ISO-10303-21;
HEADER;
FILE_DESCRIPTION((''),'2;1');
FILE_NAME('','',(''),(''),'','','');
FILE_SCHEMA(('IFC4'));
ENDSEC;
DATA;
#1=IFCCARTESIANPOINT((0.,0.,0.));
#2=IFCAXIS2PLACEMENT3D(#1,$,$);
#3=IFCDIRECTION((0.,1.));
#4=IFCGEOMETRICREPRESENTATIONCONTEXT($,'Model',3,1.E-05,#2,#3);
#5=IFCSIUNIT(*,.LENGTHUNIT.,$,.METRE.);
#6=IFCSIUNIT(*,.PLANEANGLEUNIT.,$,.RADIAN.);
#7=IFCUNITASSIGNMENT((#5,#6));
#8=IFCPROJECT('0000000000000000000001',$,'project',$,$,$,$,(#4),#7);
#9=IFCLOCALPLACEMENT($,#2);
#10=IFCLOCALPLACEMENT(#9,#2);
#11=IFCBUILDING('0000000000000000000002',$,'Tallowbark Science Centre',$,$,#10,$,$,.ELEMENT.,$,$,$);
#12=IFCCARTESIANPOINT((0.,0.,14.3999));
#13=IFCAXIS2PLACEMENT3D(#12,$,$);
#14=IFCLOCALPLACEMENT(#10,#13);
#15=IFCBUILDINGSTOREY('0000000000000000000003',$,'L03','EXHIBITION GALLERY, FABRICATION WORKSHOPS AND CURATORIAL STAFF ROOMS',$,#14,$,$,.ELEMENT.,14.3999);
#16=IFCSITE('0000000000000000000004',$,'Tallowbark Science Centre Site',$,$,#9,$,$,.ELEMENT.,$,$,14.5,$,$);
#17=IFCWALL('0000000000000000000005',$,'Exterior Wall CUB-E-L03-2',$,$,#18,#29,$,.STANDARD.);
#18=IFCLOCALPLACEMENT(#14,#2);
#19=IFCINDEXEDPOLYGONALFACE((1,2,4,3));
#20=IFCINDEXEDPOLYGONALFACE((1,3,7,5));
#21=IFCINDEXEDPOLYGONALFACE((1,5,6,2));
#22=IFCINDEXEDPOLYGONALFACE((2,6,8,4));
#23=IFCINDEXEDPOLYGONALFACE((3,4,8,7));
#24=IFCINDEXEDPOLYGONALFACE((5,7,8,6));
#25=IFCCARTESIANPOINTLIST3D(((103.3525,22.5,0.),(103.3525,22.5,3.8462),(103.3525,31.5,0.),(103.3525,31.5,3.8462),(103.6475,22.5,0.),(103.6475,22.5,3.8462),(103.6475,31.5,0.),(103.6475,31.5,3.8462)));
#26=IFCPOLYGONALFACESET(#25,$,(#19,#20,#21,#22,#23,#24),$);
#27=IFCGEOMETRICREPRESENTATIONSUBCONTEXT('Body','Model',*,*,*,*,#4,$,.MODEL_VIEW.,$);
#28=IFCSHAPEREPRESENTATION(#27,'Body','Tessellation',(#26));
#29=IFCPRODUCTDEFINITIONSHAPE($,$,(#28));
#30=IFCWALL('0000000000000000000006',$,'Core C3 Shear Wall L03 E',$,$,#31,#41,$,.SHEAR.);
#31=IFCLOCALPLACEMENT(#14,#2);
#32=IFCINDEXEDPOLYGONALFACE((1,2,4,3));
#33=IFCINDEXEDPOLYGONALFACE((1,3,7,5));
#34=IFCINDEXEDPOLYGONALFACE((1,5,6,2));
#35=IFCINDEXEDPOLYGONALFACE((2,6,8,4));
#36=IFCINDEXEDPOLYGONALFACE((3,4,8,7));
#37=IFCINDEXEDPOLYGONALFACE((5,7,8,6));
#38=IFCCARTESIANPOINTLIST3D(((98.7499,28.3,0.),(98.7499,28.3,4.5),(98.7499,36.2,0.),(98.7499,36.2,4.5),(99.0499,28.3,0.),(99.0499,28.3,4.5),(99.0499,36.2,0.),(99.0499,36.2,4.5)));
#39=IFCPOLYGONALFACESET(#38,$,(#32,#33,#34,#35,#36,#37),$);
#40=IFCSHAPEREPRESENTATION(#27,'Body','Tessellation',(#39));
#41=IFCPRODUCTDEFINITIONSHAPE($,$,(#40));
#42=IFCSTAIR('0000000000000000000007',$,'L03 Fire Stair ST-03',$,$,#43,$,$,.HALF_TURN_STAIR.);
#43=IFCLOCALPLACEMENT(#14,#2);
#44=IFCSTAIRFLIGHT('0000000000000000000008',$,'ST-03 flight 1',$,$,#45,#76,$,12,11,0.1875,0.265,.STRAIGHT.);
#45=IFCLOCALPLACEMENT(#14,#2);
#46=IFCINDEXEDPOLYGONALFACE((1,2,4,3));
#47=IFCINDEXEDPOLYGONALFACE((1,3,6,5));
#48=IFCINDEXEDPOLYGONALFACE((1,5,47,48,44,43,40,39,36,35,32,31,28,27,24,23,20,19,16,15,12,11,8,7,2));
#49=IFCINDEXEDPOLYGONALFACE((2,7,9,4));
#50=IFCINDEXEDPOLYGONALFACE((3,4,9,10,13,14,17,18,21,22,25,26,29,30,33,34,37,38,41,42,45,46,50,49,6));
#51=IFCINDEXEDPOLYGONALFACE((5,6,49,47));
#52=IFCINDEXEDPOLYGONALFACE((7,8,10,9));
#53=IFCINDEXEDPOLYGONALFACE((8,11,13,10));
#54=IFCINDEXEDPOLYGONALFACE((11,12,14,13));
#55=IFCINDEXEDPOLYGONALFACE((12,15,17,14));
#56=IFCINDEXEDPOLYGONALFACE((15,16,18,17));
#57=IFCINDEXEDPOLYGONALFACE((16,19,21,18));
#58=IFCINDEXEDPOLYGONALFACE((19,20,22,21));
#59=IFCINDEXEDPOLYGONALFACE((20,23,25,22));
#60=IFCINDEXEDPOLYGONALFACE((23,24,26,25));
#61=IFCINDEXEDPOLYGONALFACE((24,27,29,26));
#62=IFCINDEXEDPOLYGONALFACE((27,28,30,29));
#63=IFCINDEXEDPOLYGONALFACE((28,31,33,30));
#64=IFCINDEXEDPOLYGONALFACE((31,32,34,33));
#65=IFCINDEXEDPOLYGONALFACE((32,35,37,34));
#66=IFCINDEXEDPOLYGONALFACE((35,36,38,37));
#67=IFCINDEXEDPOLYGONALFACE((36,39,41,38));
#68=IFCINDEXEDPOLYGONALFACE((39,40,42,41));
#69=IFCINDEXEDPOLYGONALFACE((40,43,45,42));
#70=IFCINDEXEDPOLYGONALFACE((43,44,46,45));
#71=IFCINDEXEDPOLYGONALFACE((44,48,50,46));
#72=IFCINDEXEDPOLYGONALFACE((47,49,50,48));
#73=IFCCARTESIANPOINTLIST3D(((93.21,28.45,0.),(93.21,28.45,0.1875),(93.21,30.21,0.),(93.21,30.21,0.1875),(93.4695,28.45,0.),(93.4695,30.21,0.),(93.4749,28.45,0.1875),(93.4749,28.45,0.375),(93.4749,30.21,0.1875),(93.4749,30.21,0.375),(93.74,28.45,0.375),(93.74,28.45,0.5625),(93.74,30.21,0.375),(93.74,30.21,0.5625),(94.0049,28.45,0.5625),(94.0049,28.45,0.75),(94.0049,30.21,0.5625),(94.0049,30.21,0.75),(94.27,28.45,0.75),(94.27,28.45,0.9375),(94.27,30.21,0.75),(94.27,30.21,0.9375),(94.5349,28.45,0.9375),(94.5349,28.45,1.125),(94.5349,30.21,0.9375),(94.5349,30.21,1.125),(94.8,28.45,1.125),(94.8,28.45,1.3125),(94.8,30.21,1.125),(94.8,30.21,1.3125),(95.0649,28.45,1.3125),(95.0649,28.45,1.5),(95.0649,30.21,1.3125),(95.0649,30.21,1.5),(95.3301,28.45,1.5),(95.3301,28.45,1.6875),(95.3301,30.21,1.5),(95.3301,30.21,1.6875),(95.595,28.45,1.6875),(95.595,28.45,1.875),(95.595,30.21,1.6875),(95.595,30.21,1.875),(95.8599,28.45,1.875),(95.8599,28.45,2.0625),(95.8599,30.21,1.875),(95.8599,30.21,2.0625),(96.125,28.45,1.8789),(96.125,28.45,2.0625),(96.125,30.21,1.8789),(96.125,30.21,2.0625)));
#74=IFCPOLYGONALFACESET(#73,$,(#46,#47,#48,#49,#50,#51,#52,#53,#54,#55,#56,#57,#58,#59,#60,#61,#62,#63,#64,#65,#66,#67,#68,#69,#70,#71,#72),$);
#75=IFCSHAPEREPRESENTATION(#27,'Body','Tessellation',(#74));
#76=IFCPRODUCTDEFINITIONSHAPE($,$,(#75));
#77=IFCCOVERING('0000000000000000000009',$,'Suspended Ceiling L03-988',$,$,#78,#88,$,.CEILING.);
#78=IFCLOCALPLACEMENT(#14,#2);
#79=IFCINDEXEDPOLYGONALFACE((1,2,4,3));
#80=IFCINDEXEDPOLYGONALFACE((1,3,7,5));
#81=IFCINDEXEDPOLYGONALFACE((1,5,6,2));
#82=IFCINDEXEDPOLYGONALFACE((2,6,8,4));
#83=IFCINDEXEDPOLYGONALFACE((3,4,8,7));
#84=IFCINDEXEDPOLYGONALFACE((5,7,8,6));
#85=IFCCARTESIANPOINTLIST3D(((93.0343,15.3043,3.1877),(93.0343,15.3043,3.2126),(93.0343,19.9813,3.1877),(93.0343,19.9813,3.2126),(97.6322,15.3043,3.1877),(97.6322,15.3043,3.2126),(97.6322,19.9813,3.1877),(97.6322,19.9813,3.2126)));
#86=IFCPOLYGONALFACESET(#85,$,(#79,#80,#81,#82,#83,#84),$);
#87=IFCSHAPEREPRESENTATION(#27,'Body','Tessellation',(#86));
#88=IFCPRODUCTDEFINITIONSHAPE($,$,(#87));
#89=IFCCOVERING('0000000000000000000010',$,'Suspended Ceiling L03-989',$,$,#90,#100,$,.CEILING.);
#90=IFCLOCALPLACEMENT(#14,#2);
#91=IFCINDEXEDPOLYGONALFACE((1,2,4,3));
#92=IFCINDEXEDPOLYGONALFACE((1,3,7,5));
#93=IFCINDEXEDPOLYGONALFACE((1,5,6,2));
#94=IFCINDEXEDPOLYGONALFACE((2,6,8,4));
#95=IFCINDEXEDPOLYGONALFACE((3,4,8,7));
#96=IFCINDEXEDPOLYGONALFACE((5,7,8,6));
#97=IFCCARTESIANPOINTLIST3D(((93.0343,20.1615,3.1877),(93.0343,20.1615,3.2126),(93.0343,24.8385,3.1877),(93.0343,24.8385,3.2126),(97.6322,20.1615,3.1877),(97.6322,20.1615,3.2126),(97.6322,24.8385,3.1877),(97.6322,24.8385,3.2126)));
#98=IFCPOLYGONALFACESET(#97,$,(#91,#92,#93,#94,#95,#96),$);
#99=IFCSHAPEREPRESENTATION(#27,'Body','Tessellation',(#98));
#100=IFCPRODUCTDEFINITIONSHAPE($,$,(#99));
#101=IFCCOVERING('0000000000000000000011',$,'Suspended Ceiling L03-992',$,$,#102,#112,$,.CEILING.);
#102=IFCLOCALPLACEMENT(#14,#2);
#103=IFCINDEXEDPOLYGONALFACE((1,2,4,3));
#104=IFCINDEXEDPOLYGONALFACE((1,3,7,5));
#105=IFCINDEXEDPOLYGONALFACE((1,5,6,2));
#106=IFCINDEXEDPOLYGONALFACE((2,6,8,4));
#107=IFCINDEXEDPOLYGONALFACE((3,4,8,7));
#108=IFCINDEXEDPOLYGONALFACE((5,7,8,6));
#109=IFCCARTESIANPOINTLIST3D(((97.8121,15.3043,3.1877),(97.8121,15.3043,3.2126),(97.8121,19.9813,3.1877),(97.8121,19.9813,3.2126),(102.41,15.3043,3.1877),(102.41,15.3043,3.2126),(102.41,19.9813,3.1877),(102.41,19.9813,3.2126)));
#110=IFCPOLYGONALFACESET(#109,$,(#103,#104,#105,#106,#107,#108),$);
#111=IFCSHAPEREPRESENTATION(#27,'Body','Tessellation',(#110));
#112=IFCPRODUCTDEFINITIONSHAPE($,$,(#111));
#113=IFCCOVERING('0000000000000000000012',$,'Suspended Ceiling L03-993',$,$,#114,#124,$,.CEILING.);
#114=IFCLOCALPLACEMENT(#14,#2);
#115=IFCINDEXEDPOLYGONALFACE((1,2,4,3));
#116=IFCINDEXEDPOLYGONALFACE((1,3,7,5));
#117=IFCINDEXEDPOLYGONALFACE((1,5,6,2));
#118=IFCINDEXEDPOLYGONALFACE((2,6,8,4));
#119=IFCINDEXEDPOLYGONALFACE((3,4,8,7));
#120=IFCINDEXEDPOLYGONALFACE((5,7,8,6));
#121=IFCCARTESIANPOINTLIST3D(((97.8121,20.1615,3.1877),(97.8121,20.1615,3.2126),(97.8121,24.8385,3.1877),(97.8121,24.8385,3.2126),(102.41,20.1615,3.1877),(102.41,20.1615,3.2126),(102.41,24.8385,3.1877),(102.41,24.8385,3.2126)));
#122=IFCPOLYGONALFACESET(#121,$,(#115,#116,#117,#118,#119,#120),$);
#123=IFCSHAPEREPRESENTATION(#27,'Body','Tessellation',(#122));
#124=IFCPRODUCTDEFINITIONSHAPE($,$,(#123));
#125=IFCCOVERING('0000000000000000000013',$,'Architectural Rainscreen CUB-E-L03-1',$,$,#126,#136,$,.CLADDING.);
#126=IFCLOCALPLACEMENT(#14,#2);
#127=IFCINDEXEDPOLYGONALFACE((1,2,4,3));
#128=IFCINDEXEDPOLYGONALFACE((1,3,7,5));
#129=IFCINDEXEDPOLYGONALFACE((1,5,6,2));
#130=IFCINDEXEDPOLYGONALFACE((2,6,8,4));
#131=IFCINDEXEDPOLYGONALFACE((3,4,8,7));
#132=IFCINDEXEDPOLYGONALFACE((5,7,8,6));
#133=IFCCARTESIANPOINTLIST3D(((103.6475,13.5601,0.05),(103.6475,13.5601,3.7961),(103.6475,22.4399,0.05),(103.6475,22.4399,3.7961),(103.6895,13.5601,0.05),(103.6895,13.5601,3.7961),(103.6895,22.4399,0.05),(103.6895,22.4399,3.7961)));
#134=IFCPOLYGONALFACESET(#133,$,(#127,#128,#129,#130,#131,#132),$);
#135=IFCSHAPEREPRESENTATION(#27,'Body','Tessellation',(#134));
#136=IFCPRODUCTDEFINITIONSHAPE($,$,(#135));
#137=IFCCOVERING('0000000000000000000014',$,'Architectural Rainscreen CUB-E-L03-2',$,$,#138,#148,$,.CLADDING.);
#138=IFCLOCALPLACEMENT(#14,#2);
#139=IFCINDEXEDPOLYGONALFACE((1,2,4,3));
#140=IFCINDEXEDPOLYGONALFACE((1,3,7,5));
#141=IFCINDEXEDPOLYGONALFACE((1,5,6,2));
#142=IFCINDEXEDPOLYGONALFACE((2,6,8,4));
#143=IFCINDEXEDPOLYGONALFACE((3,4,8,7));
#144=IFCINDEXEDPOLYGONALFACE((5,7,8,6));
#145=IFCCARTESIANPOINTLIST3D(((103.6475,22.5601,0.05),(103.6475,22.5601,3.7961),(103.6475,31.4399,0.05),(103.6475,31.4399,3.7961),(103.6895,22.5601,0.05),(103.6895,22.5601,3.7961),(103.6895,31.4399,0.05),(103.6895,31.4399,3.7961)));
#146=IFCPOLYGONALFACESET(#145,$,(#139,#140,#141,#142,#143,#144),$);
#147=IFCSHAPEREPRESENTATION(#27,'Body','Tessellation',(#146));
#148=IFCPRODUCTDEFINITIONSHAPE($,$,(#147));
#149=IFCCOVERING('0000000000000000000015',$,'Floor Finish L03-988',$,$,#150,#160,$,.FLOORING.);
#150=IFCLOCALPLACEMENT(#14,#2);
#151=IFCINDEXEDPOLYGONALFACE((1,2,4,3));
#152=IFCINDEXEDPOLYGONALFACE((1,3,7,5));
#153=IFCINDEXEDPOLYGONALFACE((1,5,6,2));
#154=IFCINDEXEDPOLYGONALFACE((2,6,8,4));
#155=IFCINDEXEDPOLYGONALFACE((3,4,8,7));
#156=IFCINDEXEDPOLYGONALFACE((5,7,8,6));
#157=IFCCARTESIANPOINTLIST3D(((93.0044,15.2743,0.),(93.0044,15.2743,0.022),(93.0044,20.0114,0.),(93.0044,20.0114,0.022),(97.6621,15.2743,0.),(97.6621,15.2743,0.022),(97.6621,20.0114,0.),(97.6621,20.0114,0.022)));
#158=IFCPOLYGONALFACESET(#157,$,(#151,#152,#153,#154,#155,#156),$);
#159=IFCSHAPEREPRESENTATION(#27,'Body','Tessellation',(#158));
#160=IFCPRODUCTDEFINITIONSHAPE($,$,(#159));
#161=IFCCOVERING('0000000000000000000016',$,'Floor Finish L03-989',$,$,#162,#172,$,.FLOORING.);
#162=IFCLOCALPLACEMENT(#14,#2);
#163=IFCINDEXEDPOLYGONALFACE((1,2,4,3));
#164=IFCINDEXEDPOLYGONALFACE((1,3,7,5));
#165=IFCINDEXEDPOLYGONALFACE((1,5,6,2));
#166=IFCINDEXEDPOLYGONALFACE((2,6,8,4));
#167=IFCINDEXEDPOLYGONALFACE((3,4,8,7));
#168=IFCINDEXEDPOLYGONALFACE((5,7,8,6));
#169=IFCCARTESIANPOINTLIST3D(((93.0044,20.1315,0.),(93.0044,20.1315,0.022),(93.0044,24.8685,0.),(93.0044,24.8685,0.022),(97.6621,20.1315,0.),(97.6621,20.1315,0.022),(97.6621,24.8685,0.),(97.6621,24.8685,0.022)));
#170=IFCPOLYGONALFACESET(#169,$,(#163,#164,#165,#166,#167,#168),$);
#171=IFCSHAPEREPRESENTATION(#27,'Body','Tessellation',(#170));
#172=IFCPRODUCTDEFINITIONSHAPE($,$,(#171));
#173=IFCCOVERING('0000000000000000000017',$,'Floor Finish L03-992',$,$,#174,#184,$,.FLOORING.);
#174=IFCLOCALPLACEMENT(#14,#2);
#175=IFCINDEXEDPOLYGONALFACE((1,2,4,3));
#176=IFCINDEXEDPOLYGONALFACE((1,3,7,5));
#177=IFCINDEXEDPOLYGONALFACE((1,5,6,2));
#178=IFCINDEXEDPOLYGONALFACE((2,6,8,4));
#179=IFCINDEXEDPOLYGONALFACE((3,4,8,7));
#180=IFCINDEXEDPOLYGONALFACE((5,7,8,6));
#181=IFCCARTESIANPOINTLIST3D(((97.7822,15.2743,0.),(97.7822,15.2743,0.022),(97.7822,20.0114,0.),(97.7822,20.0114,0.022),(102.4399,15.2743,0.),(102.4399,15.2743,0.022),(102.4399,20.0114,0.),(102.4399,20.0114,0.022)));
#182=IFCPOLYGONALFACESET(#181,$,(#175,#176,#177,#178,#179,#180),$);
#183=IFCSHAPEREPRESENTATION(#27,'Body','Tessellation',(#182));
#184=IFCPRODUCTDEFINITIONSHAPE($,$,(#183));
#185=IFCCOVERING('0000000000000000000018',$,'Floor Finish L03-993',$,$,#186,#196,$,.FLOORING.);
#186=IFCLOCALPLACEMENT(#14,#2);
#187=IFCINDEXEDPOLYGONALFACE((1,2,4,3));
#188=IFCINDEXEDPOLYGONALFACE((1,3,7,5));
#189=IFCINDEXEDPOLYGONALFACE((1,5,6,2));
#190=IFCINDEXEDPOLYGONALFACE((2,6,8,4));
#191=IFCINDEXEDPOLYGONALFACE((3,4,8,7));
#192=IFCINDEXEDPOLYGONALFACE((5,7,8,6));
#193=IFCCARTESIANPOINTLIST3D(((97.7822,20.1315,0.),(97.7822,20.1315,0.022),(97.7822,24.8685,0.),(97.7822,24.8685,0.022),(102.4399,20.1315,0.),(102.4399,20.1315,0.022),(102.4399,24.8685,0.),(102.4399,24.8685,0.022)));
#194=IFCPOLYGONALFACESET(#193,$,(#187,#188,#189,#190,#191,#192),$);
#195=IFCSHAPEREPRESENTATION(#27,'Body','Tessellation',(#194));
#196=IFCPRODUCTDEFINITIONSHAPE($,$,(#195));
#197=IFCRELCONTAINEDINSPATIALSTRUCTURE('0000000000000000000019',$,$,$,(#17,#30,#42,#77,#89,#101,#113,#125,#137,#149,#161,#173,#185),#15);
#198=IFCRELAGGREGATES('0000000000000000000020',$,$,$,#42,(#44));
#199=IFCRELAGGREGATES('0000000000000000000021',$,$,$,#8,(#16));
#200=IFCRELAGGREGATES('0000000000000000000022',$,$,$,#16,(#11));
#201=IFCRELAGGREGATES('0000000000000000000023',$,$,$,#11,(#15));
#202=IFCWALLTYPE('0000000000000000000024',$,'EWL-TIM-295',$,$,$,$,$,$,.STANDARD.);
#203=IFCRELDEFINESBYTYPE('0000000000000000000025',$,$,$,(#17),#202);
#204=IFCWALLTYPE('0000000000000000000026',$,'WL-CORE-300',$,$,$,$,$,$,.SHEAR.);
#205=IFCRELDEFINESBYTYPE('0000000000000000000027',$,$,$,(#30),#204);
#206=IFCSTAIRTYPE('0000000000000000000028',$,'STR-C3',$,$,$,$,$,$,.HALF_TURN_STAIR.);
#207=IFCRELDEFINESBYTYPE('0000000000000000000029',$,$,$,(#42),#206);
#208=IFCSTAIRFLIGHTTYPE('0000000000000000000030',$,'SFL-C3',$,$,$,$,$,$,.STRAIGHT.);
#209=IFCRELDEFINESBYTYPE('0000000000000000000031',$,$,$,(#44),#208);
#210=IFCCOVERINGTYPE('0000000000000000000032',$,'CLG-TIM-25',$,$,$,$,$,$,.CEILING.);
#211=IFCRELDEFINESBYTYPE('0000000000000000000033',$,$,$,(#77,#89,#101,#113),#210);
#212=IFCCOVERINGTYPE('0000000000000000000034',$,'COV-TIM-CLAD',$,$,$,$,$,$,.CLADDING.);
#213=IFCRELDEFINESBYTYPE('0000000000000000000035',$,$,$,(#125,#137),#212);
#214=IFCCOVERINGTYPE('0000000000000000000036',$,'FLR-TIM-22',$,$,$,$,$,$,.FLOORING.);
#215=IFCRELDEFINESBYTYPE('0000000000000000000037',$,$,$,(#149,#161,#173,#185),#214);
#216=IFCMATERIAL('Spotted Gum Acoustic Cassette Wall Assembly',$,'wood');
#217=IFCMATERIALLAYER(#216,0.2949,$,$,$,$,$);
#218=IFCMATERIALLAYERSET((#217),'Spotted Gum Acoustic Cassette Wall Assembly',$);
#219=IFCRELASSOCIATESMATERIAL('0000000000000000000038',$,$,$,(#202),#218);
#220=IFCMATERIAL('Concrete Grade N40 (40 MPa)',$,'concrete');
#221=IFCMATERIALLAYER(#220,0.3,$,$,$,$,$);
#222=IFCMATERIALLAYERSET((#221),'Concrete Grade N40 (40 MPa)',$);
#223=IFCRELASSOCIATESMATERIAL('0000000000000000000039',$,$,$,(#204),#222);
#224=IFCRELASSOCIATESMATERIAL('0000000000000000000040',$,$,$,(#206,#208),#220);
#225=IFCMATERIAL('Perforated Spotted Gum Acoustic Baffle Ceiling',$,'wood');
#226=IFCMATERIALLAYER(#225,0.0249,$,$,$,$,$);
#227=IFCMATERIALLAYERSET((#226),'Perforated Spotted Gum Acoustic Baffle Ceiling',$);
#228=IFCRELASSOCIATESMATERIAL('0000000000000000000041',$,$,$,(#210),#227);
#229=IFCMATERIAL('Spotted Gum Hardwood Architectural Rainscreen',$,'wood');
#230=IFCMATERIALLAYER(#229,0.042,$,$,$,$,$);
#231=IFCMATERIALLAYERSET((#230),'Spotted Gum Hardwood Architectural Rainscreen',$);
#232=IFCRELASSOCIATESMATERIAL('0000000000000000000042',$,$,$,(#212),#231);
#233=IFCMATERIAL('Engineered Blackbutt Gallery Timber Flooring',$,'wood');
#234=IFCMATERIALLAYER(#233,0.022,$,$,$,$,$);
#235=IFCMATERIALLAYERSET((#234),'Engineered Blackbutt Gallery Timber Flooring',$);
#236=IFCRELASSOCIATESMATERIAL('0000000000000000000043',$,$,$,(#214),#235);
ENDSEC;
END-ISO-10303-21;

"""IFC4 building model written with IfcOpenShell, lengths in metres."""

from ifc_helpers import new_model, si_unit, direction, frame, frame_2d, origin, origin_2d, place, context, subcontext, project, spatial, polyline, rectangle, outline, extrude, material, layer, layer_set, type_object, element, aggregate, save


model = new_model("IFC4")

# Units and contexts
model_context = context("Model", 3, precision=1e-05, world=origin(), true_north=direction((0.0, 1.0)))
body_context = subcontext(model_context, "Body", "Model", "MODEL_VIEW")
ifc_project = project(units=[si_unit("LENGTHUNIT", "METRE"), si_unit("PLANEANGLEUNIT", "RADIAN")], contexts=[model_context])

# Site, building, storey
site_placement = place(None, origin())
site = spatial("IfcSite", under=ifc_project, at=site_placement, Name="Tallowbark Science Centre Site", CompositionType="ELEMENT", RefElevation=14.5)
building_placement = place(site_placement, origin())
building = spatial("IfcBuilding", under=site, at=building_placement, Name="Tallowbark Science Centre", CompositionType="ELEMENT")
storey_placement = place(building_placement, frame((0.0, 0.0, 14.3999)))
storey = spatial("IfcBuildingStorey", under=building, at=storey_placement, Name="L03", Description="EXHIBITION GALLERY, FABRICATION WORKSHOPS AND CURATORIAL STAFF ROOMS", CompositionType="ELEMENT", Elevation=14.3999)

# Walls
ifc_material_1 = material(Name="Spotted Gum Acoustic Cassette Wall Assembly", Category="wood")
ifc_layer_1 = layer(ifc_material_1, 0.2949)
ifc_layer_set_1 = layer_set([ifc_layer_1], Name="Spotted Gum Acoustic Cassette Wall Assembly")
wall_type_1 = type_object("IfcWallType", Name="EWL-TIM-295", PredefinedType="STANDARD", material=ifc_layer_set_1)
for number, where, z_axis, x_axis, name in (
    (1, (103.5, 22.5, 0.0), (0.0, 0.0, 1.0), (0.0, 1.0, 0.0), "Exterior Wall CUB-E-L03-2"),
):
    element("IfcWall", number, at=place(storey_placement, frame(where, z_axis=z_axis, x_axis=x_axis)), inside=storey, type_object=wall_type_1, Name=name, PredefinedType="STANDARD", context=body_context, shape_type="SweptSolid", body=[
        extrude(rectangle(XDim=9.0, YDim=0.2949, at=frame_2d((4.5, 0.0))), origin(), (0.0, 0.0, 1.0), 3.8462),
    ])
ifc_material_2 = material(Name="Concrete Grade N40 (40 MPa)", Category="concrete")
ifc_layer_2 = layer(ifc_material_2, 0.3)
ifc_layer_set_2 = layer_set([ifc_layer_2], Name="Concrete Grade N40 (40 MPa)")
wall_type_2 = type_object("IfcWallType", Name="WL-CORE-300", PredefinedType="SHEAR", material=ifc_layer_set_2)
wall_placement = place(storey_placement, frame((98.8999, 28.3, 0.0), z_axis=(0.0, 0.0, 1.0), x_axis=(0.0, 1.0, 0.0)))
element("IfcWall", 2, at=wall_placement, inside=storey, type_object=wall_type_2, Name="Core C3 Shear Wall L03 E", PredefinedType="SHEAR", context=body_context, shape_type="SweptSolid", body=[
    extrude(rectangle(XDim=7.8999, YDim=0.3, at=frame_2d((3.95, 0.0))), origin(), (0.0, 0.0, 1.0), 4.5),
])

# Stair, stair flight
stair_type = type_object("IfcStairType", Name="STR-C3", PredefinedType="HALF_TURN_STAIR", material=ifc_material_2)
stair_placement = place(storey_placement, origin())
stair = element("IfcStair", 3, at=stair_placement, inside=storey, type_object=stair_type, Name="L03 Fire Stair ST-03", PredefinedType="HALF_TURN_STAIR")
stair_flight_type = type_object("IfcStairFlightType", Name="SFL-C3", PredefinedType="STRAIGHT", material=ifc_material_2)
stair_flight_placement = place(storey_placement, frame((93.21, 29.3301, 0.0), z_axis=(0.0, 0.0, 1.0), x_axis=(1.0, 0.0, 0.0)))
stair_flight = element("IfcStairFlight", 4, at=stair_flight_placement, type_object=stair_flight_type, Name="ST-03 flight 1", NumberOfRisers=12, NumberOfTreads=11, PredefinedType="STRAIGHT", RiserHeight=0.1875, TreadLength=0.265, context=body_context, shape_type="SweptSolid", body=[
    extrude(outline(polyline([(0.0, 0.0), (0.0, 0.1875), (0.2649, 0.1875), (0.2649, 0.375), (0.53, 0.375), (0.53, 0.5625), (0.7949, 0.5625), (0.7949, 0.75), (1.0601, 0.75), (1.0601, 0.9375), (1.325, 0.9375), (1.325, 1.125), (1.5901, 1.125), (1.5901, 1.3125), (1.855, 1.3125), (1.855, 1.5), (2.1201, 1.5), (2.1201, 1.6875), (2.385, 1.6875), (2.385, 1.875), (2.6499, 1.875), (2.6499, 2.0625), (2.915, 2.0625), (2.915, 2.25), (2.915, 1.8789), (0.2595, 0.0), (0.0, 0.0)])), frame((0.0, 0.8799, 0.0), z_axis=(0.0, -1.0, 0.0), x_axis=(1.0, 0.0, 0.0)), (0.0, 0.0, 1.0), 1.76),
])
aggregate(stair, [stair_flight])

# Coverings
ifc_material_3 = material(Name="Perforated Spotted Gum Acoustic Baffle Ceiling", Category="wood")
ifc_layer_3 = layer(ifc_material_3, 0.0249)
ifc_layer_set_3 = layer_set([ifc_layer_3], Name="Perforated Spotted Gum Acoustic Baffle Ceiling")
covering_type_1 = type_object("IfcCoveringType", Name="CLG-TIM-25", PredefinedType="CEILING", material=ifc_layer_set_3)
for number, where, z_axis, x_axis, name in (
    (5, (95.3333, 17.6428, 3.1877), (0.0, 0.0, 1.0), (1.0, 0.0, 0.0), "Suspended Ceiling L03-988"),
    (6, (95.3333, 22.5, 3.1877), (0.0, 0.0, 1.0), (1.0, 0.0, 0.0), "Suspended Ceiling L03-989"),
    (7, (100.1111, 17.6428, 3.1877), (0.0, 0.0, 1.0), (1.0, 0.0, 0.0), "Suspended Ceiling L03-992"),
    (8, (100.1111, 22.5, 3.1877), (0.0, 0.0, 1.0), (1.0, 0.0, 0.0), "Suspended Ceiling L03-993"),
):
    element("IfcCovering", number, at=place(storey_placement, frame(where, z_axis=z_axis, x_axis=x_axis)), inside=storey, type_object=covering_type_1, Name=name, PredefinedType="CEILING", context=body_context, shape_type="SweptSolid", body=[
        extrude(rectangle(XDim=4.5979, YDim=4.677, at=origin_2d()), origin(), (0.0, 0.0, 1.0), 0.0249),
    ])
ifc_material_4 = material(Name="Spotted Gum Hardwood Architectural Rainscreen", Category="wood")
ifc_layer_4 = layer(ifc_material_4, 0.042)
ifc_layer_set_4 = layer_set([ifc_layer_4], Name="Spotted Gum Hardwood Architectural Rainscreen")
covering_type_2 = type_object("IfcCoveringType", Name="COV-TIM-CLAD", PredefinedType="CLADDING", material=ifc_layer_set_4)
for number, where, z_axis, x_axis, name in (
    (9, (103.6685, 18.0, 0.05), (0.0, 0.0, 1.0), (0.0, 1.0, 0.0), "Architectural Rainscreen CUB-E-L03-1"),
    (10, (103.6685, 27.0, 0.05), (0.0, 0.0, 1.0), (0.0, 1.0, 0.0), "Architectural Rainscreen CUB-E-L03-2"),
):
    element("IfcCovering", number, at=place(storey_placement, frame(where, z_axis=z_axis, x_axis=x_axis)), inside=storey, type_object=covering_type_2, Name=name, PredefinedType="CLADDING", context=body_context, shape_type="SweptSolid", body=[
        extrude(rectangle(XDim=8.8799, YDim=0.042, at=origin_2d()), origin(), (0.0, 0.0, 1.0), 3.7461),
    ])
ifc_material_5 = material(Name="Engineered Blackbutt Gallery Timber Flooring", Category="wood")
ifc_layer_5 = layer(ifc_material_5, 0.022)
ifc_layer_set_5 = layer_set([ifc_layer_5], Name="Engineered Blackbutt Gallery Timber Flooring")
covering_type_3 = type_object("IfcCoveringType", Name="FLR-TIM-22", PredefinedType="FLOORING", material=ifc_layer_set_5)
for number, where, z_axis, x_axis, name in (
    (11, (95.3333, 17.6428, 0.0), (0.0, 0.0, 1.0), (1.0, 0.0, 0.0), "Floor Finish L03-988"),
    (12, (95.3333, 22.5, 0.0), (0.0, 0.0, 1.0), (1.0, 0.0, 0.0), "Floor Finish L03-989"),
    (13, (100.1111, 17.6428, 0.0), (0.0, 0.0, 1.0), (1.0, 0.0, 0.0), "Floor Finish L03-992"),
    (14, (100.1111, 22.5, 0.0), (0.0, 0.0, 1.0), (1.0, 0.0, 0.0), "Floor Finish L03-993"),
):
    element("IfcCovering", number, at=place(storey_placement, frame(where, z_axis=z_axis, x_axis=x_axis)), inside=storey, type_object=covering_type_3, Name=name, PredefinedType="FLOORING", context=body_context, shape_type="SweptSolid", body=[
        extrude(rectangle(XDim=4.6577, YDim=4.7371, at=origin_2d()), origin(), (0.0, 0.0, 1.0), 0.022),
    ])

save(model, "model.ifc")
